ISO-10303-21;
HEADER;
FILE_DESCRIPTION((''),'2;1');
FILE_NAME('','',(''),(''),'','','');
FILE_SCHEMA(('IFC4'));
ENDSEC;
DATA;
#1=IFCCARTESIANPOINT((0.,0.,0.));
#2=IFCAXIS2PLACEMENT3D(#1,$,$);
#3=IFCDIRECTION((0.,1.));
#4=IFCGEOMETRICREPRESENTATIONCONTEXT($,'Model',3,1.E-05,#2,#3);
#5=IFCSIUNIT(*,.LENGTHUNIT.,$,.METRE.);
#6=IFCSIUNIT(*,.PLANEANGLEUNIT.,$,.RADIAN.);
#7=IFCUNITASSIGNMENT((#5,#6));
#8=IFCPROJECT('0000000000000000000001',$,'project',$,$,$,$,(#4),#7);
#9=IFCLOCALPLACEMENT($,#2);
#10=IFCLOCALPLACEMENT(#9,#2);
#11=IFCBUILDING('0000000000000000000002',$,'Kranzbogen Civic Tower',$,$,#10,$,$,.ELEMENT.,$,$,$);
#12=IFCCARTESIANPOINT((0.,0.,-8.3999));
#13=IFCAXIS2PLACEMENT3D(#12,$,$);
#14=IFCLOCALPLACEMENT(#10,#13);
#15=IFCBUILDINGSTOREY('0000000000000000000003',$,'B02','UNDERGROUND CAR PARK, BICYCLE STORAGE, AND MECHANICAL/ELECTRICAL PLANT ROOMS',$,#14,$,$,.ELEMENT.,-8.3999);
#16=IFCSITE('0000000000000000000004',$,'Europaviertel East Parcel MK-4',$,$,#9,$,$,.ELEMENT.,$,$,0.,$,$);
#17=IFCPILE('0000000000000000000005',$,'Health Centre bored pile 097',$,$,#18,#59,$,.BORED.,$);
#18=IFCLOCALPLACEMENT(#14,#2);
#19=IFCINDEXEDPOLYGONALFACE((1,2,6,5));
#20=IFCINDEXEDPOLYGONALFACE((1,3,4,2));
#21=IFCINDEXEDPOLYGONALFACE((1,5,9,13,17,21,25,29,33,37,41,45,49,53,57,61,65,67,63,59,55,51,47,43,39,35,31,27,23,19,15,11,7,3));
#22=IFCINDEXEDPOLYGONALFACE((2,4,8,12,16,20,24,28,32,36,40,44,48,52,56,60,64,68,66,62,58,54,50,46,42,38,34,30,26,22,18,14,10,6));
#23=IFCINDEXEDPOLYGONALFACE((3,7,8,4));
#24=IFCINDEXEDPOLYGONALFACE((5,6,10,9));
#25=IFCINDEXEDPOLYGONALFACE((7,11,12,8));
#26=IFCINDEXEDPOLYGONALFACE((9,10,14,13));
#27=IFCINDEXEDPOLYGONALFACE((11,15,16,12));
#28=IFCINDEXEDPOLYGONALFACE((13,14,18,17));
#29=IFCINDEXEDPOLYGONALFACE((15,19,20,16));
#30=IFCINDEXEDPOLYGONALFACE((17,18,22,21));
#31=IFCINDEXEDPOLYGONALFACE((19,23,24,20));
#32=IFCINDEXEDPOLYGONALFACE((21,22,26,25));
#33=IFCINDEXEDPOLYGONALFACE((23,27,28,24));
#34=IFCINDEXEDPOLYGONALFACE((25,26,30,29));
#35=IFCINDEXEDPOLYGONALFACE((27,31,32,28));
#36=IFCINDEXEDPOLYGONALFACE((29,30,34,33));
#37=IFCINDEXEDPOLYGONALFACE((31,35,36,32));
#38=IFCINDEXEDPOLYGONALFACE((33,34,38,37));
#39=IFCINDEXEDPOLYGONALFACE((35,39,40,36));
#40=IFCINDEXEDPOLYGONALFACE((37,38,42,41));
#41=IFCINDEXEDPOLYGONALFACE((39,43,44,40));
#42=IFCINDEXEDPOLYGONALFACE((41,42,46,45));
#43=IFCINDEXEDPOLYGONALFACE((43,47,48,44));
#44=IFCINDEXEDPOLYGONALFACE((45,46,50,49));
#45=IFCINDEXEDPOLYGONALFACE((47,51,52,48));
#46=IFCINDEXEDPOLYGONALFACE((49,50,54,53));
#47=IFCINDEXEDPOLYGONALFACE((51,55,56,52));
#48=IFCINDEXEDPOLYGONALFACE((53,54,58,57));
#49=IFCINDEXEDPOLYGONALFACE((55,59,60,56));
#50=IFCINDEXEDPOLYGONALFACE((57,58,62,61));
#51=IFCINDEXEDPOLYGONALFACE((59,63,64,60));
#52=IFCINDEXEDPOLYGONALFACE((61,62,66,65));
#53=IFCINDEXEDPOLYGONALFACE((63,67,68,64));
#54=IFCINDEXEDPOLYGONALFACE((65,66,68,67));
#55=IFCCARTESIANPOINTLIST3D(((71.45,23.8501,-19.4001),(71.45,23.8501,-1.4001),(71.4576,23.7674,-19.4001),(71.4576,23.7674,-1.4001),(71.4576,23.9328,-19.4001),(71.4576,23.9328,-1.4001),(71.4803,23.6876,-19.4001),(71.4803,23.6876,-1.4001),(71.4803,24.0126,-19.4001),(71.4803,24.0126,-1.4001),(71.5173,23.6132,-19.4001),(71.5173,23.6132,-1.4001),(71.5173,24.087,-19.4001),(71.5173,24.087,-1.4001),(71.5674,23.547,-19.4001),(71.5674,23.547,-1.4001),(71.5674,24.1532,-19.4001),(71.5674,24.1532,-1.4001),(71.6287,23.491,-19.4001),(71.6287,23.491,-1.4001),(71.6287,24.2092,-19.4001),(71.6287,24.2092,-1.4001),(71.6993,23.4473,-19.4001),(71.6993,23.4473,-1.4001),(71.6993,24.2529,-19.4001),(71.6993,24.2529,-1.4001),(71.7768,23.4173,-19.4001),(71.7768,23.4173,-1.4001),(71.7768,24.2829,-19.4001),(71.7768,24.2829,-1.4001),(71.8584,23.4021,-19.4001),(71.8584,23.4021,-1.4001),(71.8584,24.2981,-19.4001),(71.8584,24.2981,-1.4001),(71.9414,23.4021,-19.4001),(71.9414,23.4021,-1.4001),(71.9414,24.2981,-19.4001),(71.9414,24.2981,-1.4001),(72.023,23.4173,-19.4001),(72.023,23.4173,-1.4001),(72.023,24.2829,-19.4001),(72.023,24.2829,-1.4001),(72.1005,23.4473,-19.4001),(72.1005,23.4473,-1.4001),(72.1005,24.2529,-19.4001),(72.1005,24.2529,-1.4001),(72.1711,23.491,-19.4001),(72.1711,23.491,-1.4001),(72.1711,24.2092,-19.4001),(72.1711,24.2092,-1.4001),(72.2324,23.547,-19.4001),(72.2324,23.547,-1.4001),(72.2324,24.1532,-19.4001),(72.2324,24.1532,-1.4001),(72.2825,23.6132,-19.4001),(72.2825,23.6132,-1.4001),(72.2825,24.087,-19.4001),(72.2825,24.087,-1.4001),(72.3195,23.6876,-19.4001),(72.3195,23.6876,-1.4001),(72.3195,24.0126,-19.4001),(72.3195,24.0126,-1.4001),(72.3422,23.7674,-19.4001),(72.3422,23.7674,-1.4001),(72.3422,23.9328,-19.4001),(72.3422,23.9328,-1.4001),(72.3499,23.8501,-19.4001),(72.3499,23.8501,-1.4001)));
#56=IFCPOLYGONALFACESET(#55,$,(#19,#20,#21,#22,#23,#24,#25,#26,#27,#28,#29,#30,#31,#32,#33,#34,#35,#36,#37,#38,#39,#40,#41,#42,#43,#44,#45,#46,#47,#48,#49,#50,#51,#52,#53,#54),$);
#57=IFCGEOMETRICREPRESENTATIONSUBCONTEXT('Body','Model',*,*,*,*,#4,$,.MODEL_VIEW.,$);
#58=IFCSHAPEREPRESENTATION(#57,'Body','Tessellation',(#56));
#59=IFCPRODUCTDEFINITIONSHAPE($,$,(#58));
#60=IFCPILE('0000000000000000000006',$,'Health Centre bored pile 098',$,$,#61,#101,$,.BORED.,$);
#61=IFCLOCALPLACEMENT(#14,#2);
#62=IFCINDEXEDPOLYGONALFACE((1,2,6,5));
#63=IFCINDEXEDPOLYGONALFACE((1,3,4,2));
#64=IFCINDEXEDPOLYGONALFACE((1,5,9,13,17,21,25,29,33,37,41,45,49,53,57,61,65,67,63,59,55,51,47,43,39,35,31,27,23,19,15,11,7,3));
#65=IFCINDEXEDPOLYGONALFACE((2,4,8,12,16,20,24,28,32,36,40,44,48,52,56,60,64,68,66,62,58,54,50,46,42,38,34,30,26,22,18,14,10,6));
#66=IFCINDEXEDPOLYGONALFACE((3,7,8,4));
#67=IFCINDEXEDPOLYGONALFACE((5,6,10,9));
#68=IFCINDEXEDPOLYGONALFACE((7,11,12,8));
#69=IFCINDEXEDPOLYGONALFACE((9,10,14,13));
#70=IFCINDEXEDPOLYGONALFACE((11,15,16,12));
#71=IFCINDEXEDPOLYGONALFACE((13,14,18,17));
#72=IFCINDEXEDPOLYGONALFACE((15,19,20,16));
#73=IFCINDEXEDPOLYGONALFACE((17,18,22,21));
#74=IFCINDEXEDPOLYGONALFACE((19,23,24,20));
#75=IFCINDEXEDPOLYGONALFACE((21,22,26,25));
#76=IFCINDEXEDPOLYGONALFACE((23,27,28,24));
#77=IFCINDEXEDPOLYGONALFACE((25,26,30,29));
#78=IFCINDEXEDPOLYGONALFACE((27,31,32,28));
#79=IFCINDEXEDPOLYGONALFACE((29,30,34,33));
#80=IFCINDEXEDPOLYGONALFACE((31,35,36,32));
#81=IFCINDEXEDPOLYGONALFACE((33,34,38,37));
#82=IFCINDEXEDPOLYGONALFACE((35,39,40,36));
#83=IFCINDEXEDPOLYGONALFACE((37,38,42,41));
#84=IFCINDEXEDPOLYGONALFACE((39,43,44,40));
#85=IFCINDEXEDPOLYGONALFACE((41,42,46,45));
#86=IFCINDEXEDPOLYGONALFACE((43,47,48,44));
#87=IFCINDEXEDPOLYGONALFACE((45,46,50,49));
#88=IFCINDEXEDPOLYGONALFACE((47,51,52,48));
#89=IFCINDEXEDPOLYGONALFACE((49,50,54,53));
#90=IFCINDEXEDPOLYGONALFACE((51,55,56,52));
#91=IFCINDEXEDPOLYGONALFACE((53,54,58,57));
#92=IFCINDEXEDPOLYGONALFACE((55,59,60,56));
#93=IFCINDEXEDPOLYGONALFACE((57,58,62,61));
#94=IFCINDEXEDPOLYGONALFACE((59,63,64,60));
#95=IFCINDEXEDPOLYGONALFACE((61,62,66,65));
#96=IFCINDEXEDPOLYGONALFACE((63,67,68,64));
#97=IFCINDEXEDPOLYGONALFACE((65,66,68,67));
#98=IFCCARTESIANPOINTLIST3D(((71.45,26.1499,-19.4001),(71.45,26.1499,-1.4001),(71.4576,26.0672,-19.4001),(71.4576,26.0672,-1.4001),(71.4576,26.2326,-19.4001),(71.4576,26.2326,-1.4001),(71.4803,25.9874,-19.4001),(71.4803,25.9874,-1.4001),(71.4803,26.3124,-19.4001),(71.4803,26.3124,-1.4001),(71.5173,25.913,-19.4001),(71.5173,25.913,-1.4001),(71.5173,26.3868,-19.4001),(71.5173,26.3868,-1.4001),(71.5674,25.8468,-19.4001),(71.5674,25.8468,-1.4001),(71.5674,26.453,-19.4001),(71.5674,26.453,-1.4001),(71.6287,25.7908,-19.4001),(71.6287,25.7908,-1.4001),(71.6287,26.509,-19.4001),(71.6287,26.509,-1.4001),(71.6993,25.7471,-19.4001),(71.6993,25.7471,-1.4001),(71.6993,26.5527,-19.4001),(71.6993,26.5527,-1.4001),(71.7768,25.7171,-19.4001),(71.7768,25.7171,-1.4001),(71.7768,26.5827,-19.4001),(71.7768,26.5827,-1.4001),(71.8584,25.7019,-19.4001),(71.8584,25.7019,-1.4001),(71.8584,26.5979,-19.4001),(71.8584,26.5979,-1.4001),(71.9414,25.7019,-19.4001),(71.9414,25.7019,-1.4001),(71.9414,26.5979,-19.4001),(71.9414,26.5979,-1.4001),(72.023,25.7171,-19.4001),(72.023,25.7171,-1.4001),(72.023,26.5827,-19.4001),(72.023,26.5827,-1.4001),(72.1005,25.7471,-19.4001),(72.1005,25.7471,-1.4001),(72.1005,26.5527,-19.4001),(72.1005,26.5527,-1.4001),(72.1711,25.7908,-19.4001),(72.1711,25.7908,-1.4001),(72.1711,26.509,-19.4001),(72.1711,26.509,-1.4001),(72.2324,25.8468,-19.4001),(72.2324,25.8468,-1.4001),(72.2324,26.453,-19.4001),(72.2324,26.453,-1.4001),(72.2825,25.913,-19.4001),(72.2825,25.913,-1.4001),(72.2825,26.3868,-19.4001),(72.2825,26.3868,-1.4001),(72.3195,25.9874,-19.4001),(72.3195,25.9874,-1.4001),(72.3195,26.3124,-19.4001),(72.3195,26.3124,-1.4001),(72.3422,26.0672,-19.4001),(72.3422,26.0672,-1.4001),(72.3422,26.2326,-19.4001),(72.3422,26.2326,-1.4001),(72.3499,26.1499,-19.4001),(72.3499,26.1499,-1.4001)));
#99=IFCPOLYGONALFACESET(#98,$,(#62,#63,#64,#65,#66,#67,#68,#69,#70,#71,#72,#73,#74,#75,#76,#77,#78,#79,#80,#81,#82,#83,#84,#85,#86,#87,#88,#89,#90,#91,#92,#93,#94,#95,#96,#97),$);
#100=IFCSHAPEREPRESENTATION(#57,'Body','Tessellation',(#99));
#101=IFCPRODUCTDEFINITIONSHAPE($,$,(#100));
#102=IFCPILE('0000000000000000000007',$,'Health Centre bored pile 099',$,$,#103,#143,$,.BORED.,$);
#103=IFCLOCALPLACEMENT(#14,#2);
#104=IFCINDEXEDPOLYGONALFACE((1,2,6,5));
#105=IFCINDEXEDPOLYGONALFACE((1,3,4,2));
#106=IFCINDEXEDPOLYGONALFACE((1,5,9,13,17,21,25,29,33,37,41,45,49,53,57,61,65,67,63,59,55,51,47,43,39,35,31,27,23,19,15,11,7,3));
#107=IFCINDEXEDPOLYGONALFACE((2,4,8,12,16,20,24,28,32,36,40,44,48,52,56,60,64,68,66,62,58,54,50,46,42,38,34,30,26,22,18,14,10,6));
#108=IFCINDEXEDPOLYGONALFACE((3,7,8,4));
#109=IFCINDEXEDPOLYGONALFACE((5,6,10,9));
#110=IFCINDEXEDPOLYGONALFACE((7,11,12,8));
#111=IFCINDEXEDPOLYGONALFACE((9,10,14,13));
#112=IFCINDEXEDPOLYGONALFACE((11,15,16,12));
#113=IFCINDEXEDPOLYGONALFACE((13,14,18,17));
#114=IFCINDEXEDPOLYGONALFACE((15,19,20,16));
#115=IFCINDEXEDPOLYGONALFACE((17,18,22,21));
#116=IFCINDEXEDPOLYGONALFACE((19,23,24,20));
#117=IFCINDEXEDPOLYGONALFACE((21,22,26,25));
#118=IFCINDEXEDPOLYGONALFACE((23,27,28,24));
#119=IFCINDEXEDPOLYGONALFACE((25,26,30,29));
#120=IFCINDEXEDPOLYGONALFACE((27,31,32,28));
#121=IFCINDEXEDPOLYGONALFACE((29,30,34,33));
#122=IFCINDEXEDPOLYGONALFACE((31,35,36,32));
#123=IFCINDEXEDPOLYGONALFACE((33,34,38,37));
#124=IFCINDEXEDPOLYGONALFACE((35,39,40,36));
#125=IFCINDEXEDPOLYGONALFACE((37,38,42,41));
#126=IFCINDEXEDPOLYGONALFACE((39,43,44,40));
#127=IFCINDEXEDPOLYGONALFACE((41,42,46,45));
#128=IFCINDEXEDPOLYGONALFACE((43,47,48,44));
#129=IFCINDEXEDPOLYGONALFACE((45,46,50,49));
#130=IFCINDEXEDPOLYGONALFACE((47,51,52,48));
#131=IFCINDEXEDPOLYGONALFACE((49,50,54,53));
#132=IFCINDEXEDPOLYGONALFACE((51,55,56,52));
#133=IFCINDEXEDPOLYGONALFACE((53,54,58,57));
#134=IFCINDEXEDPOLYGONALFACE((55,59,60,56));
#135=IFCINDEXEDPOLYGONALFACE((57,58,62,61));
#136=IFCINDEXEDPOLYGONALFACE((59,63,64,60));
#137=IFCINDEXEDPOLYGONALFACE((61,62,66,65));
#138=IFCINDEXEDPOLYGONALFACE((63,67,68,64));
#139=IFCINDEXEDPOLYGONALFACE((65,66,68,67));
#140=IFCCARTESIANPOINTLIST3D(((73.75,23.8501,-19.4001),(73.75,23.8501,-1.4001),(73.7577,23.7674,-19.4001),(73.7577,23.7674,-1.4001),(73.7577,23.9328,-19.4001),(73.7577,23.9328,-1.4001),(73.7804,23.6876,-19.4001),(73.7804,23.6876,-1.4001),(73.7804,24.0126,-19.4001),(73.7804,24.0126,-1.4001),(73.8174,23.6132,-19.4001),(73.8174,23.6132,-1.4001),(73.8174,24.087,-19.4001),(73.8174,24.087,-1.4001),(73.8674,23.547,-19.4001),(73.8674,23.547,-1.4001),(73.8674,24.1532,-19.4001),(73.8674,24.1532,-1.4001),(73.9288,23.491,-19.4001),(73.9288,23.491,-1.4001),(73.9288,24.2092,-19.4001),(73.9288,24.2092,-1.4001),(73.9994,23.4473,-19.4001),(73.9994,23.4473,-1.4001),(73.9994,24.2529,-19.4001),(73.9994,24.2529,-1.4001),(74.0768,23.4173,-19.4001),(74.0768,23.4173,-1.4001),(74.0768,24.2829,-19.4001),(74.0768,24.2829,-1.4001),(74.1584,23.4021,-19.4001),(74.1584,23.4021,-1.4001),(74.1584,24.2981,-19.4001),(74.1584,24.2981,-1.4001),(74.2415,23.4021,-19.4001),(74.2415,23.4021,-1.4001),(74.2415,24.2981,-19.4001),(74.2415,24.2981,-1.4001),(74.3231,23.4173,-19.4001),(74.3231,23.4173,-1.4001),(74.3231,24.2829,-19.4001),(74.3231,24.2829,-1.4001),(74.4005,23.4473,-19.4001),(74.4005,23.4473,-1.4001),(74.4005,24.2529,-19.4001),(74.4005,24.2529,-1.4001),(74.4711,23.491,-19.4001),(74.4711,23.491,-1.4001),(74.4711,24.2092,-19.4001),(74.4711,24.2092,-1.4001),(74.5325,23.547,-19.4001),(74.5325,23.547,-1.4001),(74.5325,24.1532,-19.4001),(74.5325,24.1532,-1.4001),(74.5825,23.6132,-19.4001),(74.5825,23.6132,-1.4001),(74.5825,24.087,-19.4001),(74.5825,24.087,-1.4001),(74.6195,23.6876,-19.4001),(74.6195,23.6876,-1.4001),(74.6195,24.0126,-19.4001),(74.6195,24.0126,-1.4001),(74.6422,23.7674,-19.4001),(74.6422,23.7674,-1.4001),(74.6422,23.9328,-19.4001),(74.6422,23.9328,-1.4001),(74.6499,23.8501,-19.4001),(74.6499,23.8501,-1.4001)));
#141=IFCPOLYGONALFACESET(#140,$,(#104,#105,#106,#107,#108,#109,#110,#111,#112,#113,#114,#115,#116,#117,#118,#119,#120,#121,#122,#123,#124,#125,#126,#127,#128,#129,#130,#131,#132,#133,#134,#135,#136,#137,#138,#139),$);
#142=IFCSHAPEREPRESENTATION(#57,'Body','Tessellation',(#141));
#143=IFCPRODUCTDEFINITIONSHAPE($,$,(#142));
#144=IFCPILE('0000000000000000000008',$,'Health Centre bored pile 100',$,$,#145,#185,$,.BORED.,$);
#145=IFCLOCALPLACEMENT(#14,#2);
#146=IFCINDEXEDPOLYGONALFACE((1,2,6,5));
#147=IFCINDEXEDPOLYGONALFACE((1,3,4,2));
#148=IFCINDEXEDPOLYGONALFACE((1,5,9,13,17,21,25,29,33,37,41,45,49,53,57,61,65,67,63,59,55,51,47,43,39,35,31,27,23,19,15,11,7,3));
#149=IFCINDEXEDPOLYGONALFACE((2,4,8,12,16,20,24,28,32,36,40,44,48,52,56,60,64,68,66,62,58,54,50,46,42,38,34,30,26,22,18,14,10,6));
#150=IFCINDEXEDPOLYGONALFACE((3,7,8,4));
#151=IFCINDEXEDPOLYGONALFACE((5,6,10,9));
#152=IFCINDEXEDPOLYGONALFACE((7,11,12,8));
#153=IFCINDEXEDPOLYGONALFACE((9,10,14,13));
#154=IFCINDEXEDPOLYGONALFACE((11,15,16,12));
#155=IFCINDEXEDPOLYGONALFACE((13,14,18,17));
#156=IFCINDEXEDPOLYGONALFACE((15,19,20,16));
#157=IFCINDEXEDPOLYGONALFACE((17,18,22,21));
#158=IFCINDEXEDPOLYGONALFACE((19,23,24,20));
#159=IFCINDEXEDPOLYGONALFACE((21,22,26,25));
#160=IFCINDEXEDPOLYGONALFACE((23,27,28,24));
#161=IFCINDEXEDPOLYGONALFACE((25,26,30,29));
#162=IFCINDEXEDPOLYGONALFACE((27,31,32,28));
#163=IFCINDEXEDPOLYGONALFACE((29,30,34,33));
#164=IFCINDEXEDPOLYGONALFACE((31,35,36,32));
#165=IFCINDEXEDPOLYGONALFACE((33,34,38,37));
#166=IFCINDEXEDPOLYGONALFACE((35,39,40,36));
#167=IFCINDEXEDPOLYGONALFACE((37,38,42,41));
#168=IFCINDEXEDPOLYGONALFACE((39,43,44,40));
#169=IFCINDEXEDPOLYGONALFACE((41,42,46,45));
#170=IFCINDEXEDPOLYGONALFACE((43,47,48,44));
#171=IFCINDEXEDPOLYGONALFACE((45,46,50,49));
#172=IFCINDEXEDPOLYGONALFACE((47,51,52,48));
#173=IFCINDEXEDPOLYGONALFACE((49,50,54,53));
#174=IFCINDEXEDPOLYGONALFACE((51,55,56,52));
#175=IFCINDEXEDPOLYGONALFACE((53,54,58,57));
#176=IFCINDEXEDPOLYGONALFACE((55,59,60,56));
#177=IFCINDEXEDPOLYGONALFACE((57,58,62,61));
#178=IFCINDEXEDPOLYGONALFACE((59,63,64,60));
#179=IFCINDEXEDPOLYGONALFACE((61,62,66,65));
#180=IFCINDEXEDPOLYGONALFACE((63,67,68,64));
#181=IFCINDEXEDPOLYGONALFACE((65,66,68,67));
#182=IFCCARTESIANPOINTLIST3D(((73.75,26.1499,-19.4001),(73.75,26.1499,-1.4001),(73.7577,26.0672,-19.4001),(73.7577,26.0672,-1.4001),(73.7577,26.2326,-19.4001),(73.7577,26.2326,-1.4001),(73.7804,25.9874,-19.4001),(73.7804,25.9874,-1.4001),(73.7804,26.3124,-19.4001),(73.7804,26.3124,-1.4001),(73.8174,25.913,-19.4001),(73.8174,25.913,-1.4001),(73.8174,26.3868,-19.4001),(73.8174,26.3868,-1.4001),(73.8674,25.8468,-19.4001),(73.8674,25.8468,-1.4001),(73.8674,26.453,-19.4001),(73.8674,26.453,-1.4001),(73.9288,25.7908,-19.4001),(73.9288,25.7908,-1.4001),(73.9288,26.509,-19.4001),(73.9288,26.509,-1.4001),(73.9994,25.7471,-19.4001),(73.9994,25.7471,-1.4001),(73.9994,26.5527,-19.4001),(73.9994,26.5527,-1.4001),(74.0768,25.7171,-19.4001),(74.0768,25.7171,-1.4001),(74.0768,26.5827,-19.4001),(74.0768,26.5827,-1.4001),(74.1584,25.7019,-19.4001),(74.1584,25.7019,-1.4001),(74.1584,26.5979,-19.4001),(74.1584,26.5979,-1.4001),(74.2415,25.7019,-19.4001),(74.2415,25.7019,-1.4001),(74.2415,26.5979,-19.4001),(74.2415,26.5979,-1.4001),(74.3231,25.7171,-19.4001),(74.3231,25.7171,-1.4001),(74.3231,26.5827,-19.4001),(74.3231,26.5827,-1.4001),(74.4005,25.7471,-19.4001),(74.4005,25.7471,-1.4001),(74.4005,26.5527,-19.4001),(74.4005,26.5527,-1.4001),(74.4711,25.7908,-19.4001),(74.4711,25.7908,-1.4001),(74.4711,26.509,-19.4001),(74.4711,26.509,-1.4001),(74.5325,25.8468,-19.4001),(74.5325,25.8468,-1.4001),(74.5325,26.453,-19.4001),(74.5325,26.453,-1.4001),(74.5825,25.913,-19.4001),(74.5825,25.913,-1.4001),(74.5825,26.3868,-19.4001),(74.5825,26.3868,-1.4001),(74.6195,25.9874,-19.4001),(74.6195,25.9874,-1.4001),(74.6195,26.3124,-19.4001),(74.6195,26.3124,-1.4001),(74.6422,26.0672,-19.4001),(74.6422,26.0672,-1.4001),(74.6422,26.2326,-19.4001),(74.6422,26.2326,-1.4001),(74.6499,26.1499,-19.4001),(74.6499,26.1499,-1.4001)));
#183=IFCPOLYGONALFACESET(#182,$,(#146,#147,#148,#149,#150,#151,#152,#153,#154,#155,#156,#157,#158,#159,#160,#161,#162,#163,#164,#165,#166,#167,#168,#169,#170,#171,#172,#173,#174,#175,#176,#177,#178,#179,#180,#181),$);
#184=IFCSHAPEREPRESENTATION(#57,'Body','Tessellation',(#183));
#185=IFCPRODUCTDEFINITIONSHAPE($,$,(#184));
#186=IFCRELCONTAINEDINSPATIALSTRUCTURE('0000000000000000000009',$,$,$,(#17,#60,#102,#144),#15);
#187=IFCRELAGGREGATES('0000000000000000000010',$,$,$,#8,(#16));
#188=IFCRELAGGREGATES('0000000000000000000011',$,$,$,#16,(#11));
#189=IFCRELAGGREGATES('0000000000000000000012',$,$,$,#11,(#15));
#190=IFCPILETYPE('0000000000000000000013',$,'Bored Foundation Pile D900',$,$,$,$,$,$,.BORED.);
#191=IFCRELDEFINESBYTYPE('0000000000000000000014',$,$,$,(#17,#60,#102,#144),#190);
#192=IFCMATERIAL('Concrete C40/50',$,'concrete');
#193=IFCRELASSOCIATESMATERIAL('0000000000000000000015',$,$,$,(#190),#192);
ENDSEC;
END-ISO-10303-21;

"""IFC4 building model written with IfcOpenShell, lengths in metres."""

from ifc_helpers import new_model, si_unit, direction, frame, origin, origin_2d, place, context, subcontext, project, spatial, circle, extrude, material, material_profile, profile_set, type_object, element, save


model = new_model("IFC4")

# Units and contexts
model_context = context("Model", 3, precision=1e-05, world=origin(), true_north=direction((0.0, 1.0)))
body_context = subcontext(model_context, "Body", "Model", "MODEL_VIEW")
ifc_project = project(units=[si_unit("LENGTHUNIT", "METRE"), si_unit("PLANEANGLEUNIT", "RADIAN")], contexts=[model_context])

# Site, building, storey
site_placement = place(None, origin())
site = spatial("IfcSite", under=ifc_project, at=site_placement, Name="Europaviertel East Parcel MK-4", CompositionType="ELEMENT", RefElevation=0.0)
building_placement = place(site_placement, origin())
building = spatial("IfcBuilding", under=site, at=building_placement, Name="Kranzbogen Civic Tower", CompositionType="ELEMENT")
storey_placement = place(building_placement, frame((0.0, 0.0, -8.3999)))
storey = spatial("IfcBuildingStorey", under=building, at=storey_placement, Name="B02", Description="UNDERGROUND CAR PARK, BICYCLE STORAGE, AND MECHANICAL/ELECTRICAL PLANT ROOMS", CompositionType="ELEMENT", Elevation=-8.3999)

# Piles
ifc_material_1 = material(Name="Concrete C40/50", Category="concrete")
ifc_material_profile_1 = material_profile(ifc_material_1, circle(Radius=0.45, at=origin_2d()), Name="PILE D900")
ifc_profile_set_1 = profile_set([ifc_material_profile_1], Name="Concrete C40/50")
pile_type_1 = type_object("IfcPileType", Name="Bored Foundation Pile D900", PredefinedType="BORED", material=ifc_profile_set_1)
for number, where, z_axis, x_axis, name in (
    (1, (71.8999, 23.8501, -1.4001), (0.0, 0.0, -1.0), (1.0, 0.0, 0.0), "Health Centre bored pile 097"),
    (2, (71.8999, 26.1499, -1.4001), (0.0, 0.0, -1.0), (1.0, 0.0, 0.0), "Health Centre bored pile 098"),
    (3, (74.2, 23.8501, -1.4001), (0.0, 0.0, -1.0), (1.0, 0.0, 0.0), "Health Centre bored pile 099"),
    (4, (74.2, 26.1499, -1.4001), (0.0, 0.0, -1.0), (1.0, 0.0, 0.0), "Health Centre bored pile 100"),
):
    element("IfcPile", number, at=place(storey_placement, frame(where, z_axis=z_axis, x_axis=x_axis)), inside=storey, type_object=pile_type_1, Name=name, PredefinedType="BORED", context=body_context, shape_type="SweptSolid", body=[
        extrude(circle(Radius=0.45, at=origin_2d()), origin(), (0.0, 0.0, 1.0), 18.0),
    ])

save(model, "model.ifc")
